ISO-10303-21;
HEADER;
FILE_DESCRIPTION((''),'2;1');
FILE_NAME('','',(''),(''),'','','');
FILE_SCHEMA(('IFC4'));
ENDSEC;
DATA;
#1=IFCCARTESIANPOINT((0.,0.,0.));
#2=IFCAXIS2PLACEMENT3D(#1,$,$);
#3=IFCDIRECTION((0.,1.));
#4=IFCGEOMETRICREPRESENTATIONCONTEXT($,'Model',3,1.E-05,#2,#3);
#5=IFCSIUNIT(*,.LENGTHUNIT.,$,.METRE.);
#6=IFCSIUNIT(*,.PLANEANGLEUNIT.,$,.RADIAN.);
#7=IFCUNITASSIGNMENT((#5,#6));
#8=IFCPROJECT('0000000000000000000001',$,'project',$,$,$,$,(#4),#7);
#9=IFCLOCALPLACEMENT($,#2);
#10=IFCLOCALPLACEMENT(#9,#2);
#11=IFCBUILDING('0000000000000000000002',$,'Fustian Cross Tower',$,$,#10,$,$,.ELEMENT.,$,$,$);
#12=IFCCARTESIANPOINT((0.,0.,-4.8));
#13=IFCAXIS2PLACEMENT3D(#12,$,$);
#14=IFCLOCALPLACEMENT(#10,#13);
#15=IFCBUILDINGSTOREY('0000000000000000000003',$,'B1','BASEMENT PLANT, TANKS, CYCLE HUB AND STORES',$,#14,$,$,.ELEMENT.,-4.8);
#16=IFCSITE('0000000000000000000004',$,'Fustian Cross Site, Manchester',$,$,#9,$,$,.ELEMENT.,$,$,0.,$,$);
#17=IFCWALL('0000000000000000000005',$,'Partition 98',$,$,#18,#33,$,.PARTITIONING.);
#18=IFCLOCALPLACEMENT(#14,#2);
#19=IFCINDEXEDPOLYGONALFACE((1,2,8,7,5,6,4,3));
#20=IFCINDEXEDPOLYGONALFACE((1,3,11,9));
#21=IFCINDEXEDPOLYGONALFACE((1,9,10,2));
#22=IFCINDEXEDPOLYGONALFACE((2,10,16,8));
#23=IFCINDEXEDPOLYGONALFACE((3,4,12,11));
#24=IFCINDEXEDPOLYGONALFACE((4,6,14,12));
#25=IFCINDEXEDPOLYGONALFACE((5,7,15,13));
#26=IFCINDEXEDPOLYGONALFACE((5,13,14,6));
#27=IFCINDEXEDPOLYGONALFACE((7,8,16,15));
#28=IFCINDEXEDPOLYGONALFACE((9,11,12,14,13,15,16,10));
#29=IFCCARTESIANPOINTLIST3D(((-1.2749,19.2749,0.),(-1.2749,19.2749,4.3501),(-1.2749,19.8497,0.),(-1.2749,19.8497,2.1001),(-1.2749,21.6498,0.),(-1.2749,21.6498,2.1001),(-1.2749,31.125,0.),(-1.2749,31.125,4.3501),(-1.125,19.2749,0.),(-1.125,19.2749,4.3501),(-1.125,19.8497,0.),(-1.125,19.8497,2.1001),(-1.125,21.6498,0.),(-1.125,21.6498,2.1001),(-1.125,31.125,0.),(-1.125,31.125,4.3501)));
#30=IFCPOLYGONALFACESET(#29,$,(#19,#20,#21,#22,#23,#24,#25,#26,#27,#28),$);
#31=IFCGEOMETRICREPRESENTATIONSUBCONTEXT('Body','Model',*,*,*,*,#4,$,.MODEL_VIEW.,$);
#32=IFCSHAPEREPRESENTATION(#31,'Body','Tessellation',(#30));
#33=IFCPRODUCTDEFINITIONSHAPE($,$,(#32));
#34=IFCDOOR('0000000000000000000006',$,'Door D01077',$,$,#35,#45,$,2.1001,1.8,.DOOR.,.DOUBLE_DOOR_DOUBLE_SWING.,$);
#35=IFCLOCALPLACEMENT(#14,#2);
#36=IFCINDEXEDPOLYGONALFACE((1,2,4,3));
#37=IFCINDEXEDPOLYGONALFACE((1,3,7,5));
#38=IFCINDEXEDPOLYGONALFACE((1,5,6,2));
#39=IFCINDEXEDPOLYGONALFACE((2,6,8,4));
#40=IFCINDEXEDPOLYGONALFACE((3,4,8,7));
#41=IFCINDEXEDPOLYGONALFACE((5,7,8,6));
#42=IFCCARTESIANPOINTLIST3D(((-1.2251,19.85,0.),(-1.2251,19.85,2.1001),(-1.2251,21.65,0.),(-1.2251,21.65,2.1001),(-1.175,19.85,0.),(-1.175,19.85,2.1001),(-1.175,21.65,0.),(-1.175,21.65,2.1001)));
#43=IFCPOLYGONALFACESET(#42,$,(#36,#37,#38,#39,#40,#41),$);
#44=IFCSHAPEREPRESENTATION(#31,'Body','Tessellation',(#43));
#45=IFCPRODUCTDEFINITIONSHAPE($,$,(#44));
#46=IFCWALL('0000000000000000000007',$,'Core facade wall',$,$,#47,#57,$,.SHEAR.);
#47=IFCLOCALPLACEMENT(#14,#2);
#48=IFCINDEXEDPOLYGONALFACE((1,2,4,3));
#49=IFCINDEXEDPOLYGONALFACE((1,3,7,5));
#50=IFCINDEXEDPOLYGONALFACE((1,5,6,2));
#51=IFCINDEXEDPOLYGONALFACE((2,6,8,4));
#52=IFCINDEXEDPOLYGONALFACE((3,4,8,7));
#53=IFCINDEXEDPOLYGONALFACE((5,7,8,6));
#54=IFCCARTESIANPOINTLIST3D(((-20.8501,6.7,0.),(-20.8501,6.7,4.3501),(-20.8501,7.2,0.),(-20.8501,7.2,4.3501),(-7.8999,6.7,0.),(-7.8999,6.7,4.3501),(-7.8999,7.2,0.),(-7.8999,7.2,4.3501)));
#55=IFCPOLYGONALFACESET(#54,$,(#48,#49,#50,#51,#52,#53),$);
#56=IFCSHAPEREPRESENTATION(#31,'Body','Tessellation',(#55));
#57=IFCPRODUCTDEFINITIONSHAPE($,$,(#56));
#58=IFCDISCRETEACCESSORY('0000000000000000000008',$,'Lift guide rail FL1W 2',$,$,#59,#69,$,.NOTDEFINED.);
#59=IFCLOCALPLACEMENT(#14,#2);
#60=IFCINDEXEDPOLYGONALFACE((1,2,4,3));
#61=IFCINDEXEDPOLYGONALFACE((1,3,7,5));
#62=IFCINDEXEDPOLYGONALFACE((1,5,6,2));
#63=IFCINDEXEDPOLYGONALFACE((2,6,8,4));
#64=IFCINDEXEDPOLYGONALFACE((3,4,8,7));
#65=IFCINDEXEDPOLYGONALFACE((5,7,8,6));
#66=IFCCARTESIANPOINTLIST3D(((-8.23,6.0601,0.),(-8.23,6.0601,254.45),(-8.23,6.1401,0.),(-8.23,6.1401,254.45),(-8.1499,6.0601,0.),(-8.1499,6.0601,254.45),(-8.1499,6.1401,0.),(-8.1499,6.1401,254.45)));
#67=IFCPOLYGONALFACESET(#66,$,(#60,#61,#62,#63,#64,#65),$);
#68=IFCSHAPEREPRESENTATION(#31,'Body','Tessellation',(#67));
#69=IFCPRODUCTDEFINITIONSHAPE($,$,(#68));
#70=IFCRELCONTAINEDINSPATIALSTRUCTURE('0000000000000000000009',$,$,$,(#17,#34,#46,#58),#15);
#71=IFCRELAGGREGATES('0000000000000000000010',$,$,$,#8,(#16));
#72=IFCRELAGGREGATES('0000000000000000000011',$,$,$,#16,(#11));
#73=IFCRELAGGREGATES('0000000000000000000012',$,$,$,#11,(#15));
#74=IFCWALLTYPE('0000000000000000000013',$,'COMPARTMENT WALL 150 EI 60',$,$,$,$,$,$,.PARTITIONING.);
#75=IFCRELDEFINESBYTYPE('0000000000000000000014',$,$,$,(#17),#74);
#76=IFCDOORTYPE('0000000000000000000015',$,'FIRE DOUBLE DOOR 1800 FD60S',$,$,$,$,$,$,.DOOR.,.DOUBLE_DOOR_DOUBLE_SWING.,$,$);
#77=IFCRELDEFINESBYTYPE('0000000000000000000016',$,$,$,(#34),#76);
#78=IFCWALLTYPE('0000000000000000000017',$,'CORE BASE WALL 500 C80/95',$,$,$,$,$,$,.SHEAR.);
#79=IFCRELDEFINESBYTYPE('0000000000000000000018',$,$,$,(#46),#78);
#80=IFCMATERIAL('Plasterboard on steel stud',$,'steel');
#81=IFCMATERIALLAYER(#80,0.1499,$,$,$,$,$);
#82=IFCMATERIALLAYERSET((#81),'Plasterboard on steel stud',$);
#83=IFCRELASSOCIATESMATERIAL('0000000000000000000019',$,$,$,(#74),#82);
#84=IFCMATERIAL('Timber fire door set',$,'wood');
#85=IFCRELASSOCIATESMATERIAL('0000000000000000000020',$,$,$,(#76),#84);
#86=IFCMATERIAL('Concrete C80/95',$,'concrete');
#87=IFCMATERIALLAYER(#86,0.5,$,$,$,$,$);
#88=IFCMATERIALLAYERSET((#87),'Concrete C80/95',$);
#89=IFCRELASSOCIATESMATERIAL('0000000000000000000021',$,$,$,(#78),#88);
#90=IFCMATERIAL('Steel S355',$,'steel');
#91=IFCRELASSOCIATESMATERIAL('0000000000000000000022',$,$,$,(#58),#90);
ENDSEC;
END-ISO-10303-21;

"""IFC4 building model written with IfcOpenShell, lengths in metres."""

from ifc_helpers import new_model, si_unit, direction, frame, frame_2d, origin, origin_2d, place, context, subcontext, project, spatial, rectangle, extrude, material, layer, layer_set, type_object, element, fill, save


model = new_model("IFC4")

# Units and contexts
model_context = context("Model", 3, precision=1e-05, world=origin(), true_north=direction((0.0, 1.0)))
body_context = subcontext(model_context, "Body", "Model", "MODEL_VIEW")
ifc_project = project(units=[si_unit("LENGTHUNIT", "METRE"), si_unit("PLANEANGLEUNIT", "RADIAN")], contexts=[model_context])

# Site, building, storey
site_placement = place(None, origin())
site = spatial("IfcSite", under=ifc_project, at=site_placement, Name="Fustian Cross Site, Manchester", CompositionType="ELEMENT", RefElevation=0.0)
building_placement = place(site_placement, origin())
building = spatial("IfcBuilding", under=site, at=building_placement, Name="Fustian Cross Tower", CompositionType="ELEMENT")
storey_placement = place(building_placement, frame((0.0, 0.0, -4.8)))
storey = spatial("IfcBuildingStorey", under=building, at=storey_placement, Name="B1", Description="BASEMENT PLANT, TANKS, CYCLE HUB AND STORES", CompositionType="ELEMENT", Elevation=-4.8)

# Wall, opening, door
ifc_material_1 = material(Name="Plasterboard on steel stud", Category="steel")
ifc_layer_1 = layer(ifc_material_1, 0.1499)
ifc_layer_set_1 = layer_set([ifc_layer_1], Name="Plasterboard on steel stud")
wall_type_1 = type_object("IfcWallType", Name="COMPARTMENT WALL 150 EI 60", PredefinedType="PARTITIONING", material=ifc_layer_set_1)
wall_1_placement = place(storey_placement, frame((-1.2, 19.2749, 0.0), z_axis=(0.0, 0.0, 1.0), x_axis=(0.0, 1.0, 0.0)))
wall_1 = element("IfcWall", 1, at=wall_1_placement, inside=storey, type_object=wall_type_1, Name="Partition 98", PredefinedType="PARTITIONING", context=body_context, shape_type="SweptSolid", body=[
    extrude(rectangle(XDim=11.8501, YDim=0.1499, at=frame_2d((5.925, 0.0))), origin(), (0.0, 0.0, 1.0), 4.3501),
])
opening_placement = place(wall_1_placement, frame((0.575, 0.0, 0.0)))
opening = element("IfcOpeningElement", 2, at=opening_placement, cuts=wall_1, PredefinedType="OPENING", context=body_context, shape_type="SweptSolid", body=[
    extrude(rectangle(XDim=1.8, YDim=2.1001, at=frame_2d((0.8999, 1.05))), frame((0.0, 0.085, 0.0), z_axis=(0.0, -1.0, 0.0), x_axis=(1.0, 0.0, 0.0)), (0.0, 0.0, 1.0), 0.1699),
])
ifc_material_2 = material(Name="Timber fire door set", Category="wood")
door_type = type_object("IfcDoorType", Name="FIRE DOUBLE DOOR 1800 FD60S", OperationType="DOUBLE_DOOR_DOUBLE_SWING", PredefinedType="DOOR", material=ifc_material_2)
door_placement = place(opening_placement, frame((1.8, 0.0, 0.0), z_axis=(0.0, 0.0, 1.0), x_axis=(-1.0, 0.0, 0.0)))
door = element("IfcDoor", 3, at=door_placement, inside=storey, type_object=door_type, Name="Door D01077", OperationType="DOUBLE_DOOR_DOUBLE_SWING", OverallHeight=2.1001, OverallWidth=1.8, PredefinedType="DOOR", context=body_context, shape_type="SweptSolid", body=[
    extrude(rectangle(XDim=1.8, YDim=2.1001, at=frame_2d((0.8999, 1.05))), frame((0.0, 0.0249, 0.0), z_axis=(0.0, -1.0, 0.0), x_axis=(1.0, 0.0, 0.0)), (0.0, 0.0, 1.0), 0.05),
])
fill(opening, door)

# Wall
ifc_material_3 = material(Name="Concrete C80/95", Category="concrete")
ifc_layer_2 = layer(ifc_material_3, 0.5)
ifc_layer_set_2 = layer_set([ifc_layer_2], Name="Concrete C80/95")
wall_type_2 = type_object("IfcWallType", Name="CORE BASE WALL 500 C80/95", PredefinedType="SHEAR", material=ifc_layer_set_2)
wall_2_placement = place(storey_placement, frame((-7.8999, 6.95, 0.0), z_axis=(0.0, 0.0, 1.0), x_axis=(-1.0, 0.0, 0.0)))
element("IfcWall", 4, at=wall_2_placement, inside=storey, type_object=wall_type_2, Name="Core facade wall", PredefinedType="SHEAR", context=body_context, shape_type="SweptSolid", body=[
    extrude(rectangle(XDim=12.9502, YDim=0.5, at=frame_2d((6.4751, 0.0))), origin(), (0.0, 0.0, 1.0), 4.3501),
])

# Discrete accessory
ifc_material_4 = material(Name="Steel S355", Category="steel")
discrete_accessory_placement = place(storey_placement, frame((-8.1899, 6.1001, 0.0), z_axis=(0.0, 0.0, 1.0), x_axis=(1.0, 0.0, 0.0)))
element("IfcDiscreteAccessory", 5, at=discrete_accessory_placement, inside=storey, material=ifc_material_4, Name="Lift guide rail FL1W 2", PredefinedType="NOTDEFINED", context=body_context, shape_type="SweptSolid", body=[
    extrude(rectangle(XDim=0.0801, YDim=0.0801, at=origin_2d()), origin(), (0.0, 0.0, 1.0), 254.45),
])

save(model, "model.ifc")
